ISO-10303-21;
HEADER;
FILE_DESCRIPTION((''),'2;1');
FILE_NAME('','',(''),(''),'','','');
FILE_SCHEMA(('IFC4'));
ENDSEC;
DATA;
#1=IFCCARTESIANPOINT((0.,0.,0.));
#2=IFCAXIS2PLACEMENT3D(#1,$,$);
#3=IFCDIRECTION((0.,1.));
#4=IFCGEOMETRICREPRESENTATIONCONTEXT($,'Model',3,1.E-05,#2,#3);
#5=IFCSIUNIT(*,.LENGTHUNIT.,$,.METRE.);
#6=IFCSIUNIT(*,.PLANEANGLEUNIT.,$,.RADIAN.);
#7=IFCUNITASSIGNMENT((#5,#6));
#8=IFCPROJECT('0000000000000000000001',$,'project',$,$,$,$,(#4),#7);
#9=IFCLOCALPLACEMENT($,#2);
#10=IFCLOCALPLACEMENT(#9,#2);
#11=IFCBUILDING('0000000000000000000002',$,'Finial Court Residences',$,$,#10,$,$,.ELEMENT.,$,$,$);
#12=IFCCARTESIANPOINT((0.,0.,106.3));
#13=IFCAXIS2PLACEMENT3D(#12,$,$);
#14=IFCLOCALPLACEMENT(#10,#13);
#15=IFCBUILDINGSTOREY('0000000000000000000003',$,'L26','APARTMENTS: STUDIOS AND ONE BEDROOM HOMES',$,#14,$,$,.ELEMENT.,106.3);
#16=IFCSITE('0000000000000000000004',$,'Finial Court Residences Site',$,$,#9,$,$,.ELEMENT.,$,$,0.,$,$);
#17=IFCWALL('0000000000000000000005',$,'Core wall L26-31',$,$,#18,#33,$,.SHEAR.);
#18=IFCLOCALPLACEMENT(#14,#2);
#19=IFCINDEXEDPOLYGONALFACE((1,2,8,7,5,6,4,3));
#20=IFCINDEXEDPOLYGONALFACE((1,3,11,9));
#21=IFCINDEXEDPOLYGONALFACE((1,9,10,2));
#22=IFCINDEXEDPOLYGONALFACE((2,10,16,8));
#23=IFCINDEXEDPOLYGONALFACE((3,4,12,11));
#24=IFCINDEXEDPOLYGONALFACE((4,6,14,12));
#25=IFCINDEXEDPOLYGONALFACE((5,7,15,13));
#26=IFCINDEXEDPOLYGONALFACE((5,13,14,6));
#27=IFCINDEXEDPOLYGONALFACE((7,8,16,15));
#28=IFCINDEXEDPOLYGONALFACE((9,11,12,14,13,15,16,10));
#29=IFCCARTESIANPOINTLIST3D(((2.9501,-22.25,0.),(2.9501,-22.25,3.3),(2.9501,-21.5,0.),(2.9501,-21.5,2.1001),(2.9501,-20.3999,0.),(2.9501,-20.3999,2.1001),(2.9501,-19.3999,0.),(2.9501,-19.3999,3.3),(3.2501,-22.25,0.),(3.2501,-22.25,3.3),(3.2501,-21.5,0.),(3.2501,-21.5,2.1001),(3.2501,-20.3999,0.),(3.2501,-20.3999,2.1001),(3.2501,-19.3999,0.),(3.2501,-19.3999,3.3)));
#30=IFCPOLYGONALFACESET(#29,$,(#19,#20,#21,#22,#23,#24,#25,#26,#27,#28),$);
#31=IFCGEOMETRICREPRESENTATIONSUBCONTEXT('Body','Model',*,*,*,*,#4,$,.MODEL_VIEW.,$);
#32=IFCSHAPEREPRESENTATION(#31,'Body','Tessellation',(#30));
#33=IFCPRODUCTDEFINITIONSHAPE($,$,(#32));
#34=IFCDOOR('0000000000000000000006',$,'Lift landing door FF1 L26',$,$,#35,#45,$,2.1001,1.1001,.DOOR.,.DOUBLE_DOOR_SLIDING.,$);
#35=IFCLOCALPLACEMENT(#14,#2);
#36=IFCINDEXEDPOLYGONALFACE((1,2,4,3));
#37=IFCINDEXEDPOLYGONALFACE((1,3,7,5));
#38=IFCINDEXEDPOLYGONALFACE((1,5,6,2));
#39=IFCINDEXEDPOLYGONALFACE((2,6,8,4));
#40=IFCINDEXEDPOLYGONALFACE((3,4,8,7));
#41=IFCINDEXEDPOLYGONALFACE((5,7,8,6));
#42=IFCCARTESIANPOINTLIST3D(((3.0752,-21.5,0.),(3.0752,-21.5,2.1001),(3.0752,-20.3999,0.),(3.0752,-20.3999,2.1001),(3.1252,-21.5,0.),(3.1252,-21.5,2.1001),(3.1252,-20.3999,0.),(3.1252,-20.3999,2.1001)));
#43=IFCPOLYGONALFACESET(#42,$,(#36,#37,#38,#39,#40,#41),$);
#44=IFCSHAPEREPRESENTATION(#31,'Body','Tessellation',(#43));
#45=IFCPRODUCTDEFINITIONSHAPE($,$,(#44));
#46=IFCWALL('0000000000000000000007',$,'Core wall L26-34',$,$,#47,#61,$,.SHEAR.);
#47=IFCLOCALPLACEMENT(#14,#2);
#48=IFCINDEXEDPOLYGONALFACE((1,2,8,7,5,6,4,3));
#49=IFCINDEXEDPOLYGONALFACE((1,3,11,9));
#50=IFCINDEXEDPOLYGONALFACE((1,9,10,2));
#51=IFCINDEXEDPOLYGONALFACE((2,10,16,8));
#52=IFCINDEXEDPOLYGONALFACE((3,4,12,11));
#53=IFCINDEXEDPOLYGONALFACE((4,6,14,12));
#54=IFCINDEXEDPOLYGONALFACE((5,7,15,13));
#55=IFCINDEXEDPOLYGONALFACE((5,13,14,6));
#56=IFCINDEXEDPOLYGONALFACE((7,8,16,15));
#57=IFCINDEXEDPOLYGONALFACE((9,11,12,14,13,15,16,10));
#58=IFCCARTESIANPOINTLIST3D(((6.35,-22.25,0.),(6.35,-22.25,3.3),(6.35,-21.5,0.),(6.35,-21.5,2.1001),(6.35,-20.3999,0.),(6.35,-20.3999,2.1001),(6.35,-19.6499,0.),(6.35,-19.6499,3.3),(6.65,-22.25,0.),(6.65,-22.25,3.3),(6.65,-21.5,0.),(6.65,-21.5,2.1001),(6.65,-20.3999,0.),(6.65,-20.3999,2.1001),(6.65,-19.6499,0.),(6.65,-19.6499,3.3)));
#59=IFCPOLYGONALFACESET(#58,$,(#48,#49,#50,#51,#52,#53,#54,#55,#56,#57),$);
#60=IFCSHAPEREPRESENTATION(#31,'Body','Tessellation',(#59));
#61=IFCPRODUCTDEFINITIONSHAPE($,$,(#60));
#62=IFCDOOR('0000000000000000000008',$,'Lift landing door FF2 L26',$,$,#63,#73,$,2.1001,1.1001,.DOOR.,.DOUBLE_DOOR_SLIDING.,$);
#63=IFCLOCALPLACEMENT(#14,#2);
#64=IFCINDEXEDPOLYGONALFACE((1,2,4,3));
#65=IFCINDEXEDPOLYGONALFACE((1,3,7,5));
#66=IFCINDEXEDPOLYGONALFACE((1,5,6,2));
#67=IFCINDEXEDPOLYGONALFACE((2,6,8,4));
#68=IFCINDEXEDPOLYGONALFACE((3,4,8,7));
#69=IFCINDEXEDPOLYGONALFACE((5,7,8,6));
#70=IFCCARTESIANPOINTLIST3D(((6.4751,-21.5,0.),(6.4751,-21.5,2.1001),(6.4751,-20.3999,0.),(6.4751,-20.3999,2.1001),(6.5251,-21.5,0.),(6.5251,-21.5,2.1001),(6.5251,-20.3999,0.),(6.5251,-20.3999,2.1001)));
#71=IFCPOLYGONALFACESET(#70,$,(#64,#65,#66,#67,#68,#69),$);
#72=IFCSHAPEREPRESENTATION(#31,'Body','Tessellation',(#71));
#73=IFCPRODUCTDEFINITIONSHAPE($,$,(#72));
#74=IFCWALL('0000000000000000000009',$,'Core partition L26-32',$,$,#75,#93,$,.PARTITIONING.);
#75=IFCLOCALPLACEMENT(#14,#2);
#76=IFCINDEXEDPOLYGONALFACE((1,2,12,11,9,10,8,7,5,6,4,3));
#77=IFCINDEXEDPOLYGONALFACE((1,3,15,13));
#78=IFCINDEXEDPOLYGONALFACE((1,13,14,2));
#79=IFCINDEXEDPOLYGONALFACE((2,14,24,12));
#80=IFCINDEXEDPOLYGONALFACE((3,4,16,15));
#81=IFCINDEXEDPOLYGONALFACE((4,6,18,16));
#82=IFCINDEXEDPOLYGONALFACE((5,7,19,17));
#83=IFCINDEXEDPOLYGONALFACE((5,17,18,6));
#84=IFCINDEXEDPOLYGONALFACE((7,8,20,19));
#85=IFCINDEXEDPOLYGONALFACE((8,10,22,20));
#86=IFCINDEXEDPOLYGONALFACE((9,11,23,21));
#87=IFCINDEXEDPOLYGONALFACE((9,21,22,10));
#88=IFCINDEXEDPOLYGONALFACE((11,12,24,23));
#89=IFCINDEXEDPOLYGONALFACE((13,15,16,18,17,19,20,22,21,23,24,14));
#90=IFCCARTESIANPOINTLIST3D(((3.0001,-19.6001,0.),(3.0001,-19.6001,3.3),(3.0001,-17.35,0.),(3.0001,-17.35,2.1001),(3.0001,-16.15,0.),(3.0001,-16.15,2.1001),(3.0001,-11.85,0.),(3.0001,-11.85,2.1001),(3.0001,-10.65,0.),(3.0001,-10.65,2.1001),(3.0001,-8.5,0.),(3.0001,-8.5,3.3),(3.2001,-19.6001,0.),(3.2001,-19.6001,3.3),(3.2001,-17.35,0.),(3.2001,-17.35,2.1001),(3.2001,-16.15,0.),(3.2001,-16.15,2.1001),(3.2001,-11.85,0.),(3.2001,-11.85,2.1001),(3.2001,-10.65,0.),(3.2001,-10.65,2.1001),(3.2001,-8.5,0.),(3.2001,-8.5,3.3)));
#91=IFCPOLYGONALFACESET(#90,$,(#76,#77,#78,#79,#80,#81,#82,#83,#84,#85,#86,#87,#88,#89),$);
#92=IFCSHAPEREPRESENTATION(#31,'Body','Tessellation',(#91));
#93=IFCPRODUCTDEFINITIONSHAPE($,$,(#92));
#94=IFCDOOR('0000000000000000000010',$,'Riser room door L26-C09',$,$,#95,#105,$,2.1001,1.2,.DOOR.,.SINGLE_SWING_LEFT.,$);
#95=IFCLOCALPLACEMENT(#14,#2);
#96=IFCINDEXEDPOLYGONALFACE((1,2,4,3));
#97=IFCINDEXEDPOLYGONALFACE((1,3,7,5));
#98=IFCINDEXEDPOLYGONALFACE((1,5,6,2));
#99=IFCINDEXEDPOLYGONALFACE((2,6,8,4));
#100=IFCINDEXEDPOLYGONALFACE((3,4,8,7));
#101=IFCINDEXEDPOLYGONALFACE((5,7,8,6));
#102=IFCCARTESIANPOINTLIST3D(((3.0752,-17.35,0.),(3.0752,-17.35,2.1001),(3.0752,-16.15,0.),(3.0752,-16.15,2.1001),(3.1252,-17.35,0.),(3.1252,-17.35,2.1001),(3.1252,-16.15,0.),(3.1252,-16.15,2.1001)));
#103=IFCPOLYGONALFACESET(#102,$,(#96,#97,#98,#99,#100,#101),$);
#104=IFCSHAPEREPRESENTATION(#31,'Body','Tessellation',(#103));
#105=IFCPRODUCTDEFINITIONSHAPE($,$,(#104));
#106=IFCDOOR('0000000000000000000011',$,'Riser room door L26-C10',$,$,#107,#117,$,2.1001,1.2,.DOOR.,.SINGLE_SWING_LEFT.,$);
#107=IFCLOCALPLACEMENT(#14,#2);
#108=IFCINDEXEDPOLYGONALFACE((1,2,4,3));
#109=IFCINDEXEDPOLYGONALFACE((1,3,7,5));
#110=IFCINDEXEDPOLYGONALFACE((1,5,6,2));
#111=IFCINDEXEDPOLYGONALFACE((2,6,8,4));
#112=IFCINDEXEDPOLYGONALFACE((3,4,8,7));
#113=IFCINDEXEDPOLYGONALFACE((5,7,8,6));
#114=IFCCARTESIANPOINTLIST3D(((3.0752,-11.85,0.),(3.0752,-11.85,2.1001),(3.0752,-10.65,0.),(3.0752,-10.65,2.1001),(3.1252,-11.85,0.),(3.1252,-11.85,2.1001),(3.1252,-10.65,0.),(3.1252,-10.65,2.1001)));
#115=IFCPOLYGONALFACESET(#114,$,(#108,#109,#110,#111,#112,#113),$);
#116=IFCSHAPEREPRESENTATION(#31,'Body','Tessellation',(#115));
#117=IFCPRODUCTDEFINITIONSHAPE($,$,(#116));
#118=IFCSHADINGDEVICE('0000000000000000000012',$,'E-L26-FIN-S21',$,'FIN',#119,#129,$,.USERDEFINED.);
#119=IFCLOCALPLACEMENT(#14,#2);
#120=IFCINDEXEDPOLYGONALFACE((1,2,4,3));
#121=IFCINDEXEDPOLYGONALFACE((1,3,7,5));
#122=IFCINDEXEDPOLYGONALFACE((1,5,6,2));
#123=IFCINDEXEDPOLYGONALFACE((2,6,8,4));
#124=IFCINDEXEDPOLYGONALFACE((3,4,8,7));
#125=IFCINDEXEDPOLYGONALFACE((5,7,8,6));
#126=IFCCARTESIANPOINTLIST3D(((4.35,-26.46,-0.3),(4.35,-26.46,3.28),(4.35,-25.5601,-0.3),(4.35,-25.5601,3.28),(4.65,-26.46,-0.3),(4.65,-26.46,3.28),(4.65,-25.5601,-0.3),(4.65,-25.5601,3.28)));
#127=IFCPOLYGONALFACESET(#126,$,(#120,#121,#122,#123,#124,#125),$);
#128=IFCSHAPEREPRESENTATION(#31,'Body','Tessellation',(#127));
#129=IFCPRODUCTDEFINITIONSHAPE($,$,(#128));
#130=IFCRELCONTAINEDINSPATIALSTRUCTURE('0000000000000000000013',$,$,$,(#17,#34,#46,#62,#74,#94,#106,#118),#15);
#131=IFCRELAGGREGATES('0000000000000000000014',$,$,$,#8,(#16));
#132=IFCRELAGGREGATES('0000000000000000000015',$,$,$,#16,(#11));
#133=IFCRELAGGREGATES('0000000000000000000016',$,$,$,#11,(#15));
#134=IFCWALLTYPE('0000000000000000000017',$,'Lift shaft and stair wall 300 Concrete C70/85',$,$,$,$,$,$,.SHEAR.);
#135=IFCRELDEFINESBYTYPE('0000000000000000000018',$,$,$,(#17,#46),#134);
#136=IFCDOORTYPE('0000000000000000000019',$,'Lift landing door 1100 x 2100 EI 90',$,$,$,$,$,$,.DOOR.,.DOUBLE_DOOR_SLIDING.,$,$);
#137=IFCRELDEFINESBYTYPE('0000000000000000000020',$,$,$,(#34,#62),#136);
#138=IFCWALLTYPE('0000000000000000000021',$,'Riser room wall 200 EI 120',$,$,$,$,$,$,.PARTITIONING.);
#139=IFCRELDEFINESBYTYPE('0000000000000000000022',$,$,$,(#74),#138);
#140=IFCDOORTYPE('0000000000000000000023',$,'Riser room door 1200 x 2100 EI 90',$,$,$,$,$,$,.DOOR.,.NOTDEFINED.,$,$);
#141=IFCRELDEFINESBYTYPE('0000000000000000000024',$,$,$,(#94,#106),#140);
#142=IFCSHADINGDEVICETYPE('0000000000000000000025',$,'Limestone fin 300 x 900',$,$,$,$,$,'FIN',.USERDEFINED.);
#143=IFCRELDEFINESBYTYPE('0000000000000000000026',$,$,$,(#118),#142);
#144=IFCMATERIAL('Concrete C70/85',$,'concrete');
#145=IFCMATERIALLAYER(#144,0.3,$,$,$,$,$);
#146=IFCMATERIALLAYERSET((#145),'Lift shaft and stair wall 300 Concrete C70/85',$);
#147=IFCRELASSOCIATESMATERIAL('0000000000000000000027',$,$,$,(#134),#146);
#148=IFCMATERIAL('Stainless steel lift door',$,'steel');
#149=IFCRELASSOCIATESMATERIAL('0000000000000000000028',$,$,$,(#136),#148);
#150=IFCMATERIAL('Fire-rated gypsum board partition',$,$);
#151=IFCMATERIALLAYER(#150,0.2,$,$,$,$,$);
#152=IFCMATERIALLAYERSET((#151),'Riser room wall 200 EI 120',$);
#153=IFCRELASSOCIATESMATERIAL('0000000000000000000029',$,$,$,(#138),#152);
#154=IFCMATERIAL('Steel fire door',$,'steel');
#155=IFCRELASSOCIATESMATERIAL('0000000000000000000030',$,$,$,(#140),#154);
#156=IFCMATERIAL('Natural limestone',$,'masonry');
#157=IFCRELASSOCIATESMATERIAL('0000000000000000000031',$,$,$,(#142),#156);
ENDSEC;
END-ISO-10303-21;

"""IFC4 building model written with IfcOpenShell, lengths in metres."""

from ifc_helpers import new_model, si_unit, direction, frame, frame_2d, origin, origin_2d, place, context, subcontext, project, spatial, rectangle, extrude, material, layer, layer_set, type_object, element, fill, save


model = new_model("IFC4")

# Units and contexts
model_context = context("Model", 3, precision=1e-05, world=origin(), true_north=direction((0.0, 1.0)))
body_context = subcontext(model_context, "Body", "Model", "MODEL_VIEW")
ifc_project = project(units=[si_unit("LENGTHUNIT", "METRE"), si_unit("PLANEANGLEUNIT", "RADIAN")], contexts=[model_context])

# Site, building, storey
site_placement = place(None, origin())
site = spatial("IfcSite", under=ifc_project, at=site_placement, Name="Finial Court Residences Site", CompositionType="ELEMENT", RefElevation=0.0)
building_placement = place(site_placement, origin())
building = spatial("IfcBuilding", under=site, at=building_placement, Name="Finial Court Residences", CompositionType="ELEMENT")
storey_placement = place(building_placement, frame((0.0, 0.0, 106.3)))
storey = spatial("IfcBuildingStorey", under=building, at=storey_placement, Name="L26", Description="APARTMENTS: STUDIOS AND ONE BEDROOM HOMES", CompositionType="ELEMENT", Elevation=106.3)

# Shared definitions
ifc_material_1 = material(Name="Fire-rated gypsum board partition")
ifc_material_2 = material(Name="Steel fire door", Category="steel")

# Shared definitions
ifc_material_3 = material(Name="Concrete C70/85", Category="concrete")
ifc_layer_1 = layer(ifc_material_3, 0.3)
ifc_layer_set_1 = layer_set([ifc_layer_1], Name="Lift shaft and stair wall 300 Concrete C70/85")
wall_type_1 = type_object("IfcWallType", Name="Lift shaft and stair wall 300 Concrete C70/85", PredefinedType="SHEAR", material=ifc_layer_set_1)

# Walls, openings, doors
wall_1_placement = place(storey_placement, frame((3.1001, -22.25, 0.0), z_axis=(0.0, 0.0, 1.0), x_axis=(0.0, 1.0, 0.0)))
wall_1 = element("IfcWall", 1, at=wall_1_placement, inside=storey, type_object=wall_type_1, Name="Core wall L26-31", PredefinedType="SHEAR", context=body_context, shape_type="SweptSolid", body=[
    extrude(rectangle(XDim=2.8501, YDim=0.3, at=frame_2d((1.425, 0.0))), origin(), (0.0, 0.0, 1.0), 3.3),
])
opening_1_placement = place(wall_1_placement, frame((0.75, 0.0, 0.0)))
opening_1 = element("IfcOpeningElement", 2, at=opening_1_placement, cuts=wall_1, PredefinedType="OPENING", context=body_context, shape_type="SweptSolid", body=[
    extrude(rectangle(XDim=1.1001, YDim=2.1001, at=frame_2d((0.55, 1.05))), frame((0.0, 0.1599, 0.0), z_axis=(0.0, -1.0, 0.0), x_axis=(1.0, 0.0, 0.0)), (0.0, 0.0, 1.0), 0.3201),
])
ifc_material_4 = material(Name="Stainless steel lift door", Category="steel")
door_type_1 = type_object("IfcDoorType", Name="Lift landing door 1100 x 2100 EI 90", OperationType="DOUBLE_DOOR_SLIDING", PredefinedType="DOOR", material=ifc_material_4)
door_1_placement = place(opening_1_placement, origin())
door_1 = element("IfcDoor", 3, at=door_1_placement, inside=storey, type_object=door_type_1, Name="Lift landing door FF1 L26", OperationType="DOUBLE_DOOR_SLIDING", OverallHeight=2.1001, OverallWidth=1.1001, PredefinedType="DOOR", context=body_context, shape_type="SweptSolid", body=[
    extrude(rectangle(XDim=1.1001, YDim=2.1001, at=frame_2d((0.55, 1.05))), frame((0.0, 0.0249, 0.0), z_axis=(0.0, -1.0, 0.0), x_axis=(1.0, 0.0, 0.0)), (0.0, 0.0, 1.0), 0.05),
])
fill(opening_1, door_1)
wall_2_placement = place(storey_placement, frame((6.5, -22.25, 0.0), z_axis=(0.0, 0.0, 1.0), x_axis=(0.0, 1.0, 0.0)))
wall_2 = element("IfcWall", 4, at=wall_2_placement, inside=storey, type_object=wall_type_1, Name="Core wall L26-34", PredefinedType="SHEAR", context=body_context, shape_type="SweptSolid", body=[
    extrude(rectangle(XDim=2.6001, YDim=0.3, at=frame_2d((1.3, 0.0))), origin(), (0.0, 0.0, 1.0), 3.3),
])
opening_2_placement = place(wall_2_placement, frame((0.75, 0.0, 0.0)))
opening_2 = element("IfcOpeningElement", 5, at=opening_2_placement, cuts=wall_2, PredefinedType="OPENING", context=body_context, shape_type="SweptSolid", body=[
    extrude(rectangle(XDim=1.1001, YDim=2.1001, at=frame_2d((0.55, 1.05))), frame((0.0, 0.1599, 0.0), z_axis=(0.0, -1.0, 0.0), x_axis=(1.0, 0.0, 0.0)), (0.0, 0.0, 1.0), 0.3201),
])
door_2_placement = place(opening_2_placement, origin())
door_2 = element("IfcDoor", 6, at=door_2_placement, inside=storey, type_object=door_type_1, Name="Lift landing door FF2 L26", OperationType="DOUBLE_DOOR_SLIDING", OverallHeight=2.1001, OverallWidth=1.1001, PredefinedType="DOOR", context=body_context, shape_type="SweptSolid", body=[
    extrude(rectangle(XDim=1.1001, YDim=2.1001, at=frame_2d((0.55, 1.05))), frame((0.0, 0.0249, 0.0), z_axis=(0.0, -1.0, 0.0), x_axis=(1.0, 0.0, 0.0)), (0.0, 0.0, 1.0), 0.05),
])
fill(opening_2, door_2)

# Wall, openings, doors
ifc_layer_2 = layer(ifc_material_1, 0.2)
ifc_layer_set_2 = layer_set([ifc_layer_2], Name="Riser room wall 200 EI 120")
wall_type_2 = type_object("IfcWallType", Name="Riser room wall 200 EI 120", PredefinedType="PARTITIONING", material=ifc_layer_set_2)
wall_3_placement = place(storey_placement, frame((3.1001, -19.6001, 0.0), z_axis=(0.0, 0.0, 1.0), x_axis=(0.0, 1.0, 0.0)))
wall_3 = element("IfcWall", 7, at=wall_3_placement, inside=storey, type_object=wall_type_2, Name="Core partition L26-32", PredefinedType="PARTITIONING", context=body_context, shape_type="SweptSolid", body=[
    extrude(rectangle(XDim=11.1001, YDim=0.2, at=frame_2d((5.55, 0.0))), origin(), (0.0, 0.0, 1.0), 3.3),
])
opening_3_placement = place(wall_3_placement, frame((2.25, 0.0, 0.0)))
opening_3 = element("IfcOpeningElement", 8, at=opening_3_placement, cuts=wall_3, PredefinedType="OPENING", context=body_context, shape_type="SweptSolid", body=[
    extrude(rectangle(XDim=1.2, YDim=2.1001, at=frame_2d((0.6001, 1.05))), frame((0.0, 0.1099, 0.0), z_axis=(0.0, -1.0, 0.0), x_axis=(1.0, 0.0, 0.0)), (0.0, 0.0, 1.0), 0.22),
])
opening_4_placement = place(wall_3_placement, frame((7.75, 0.0, 0.0)))
opening_4 = element("IfcOpeningElement", 9, at=opening_4_placement, cuts=wall_3, PredefinedType="OPENING", context=body_context, shape_type="SweptSolid", body=[
    extrude(rectangle(XDim=1.2, YDim=2.1001, at=frame_2d((0.6001, 1.05))), frame((0.0, 0.1099, 0.0), z_axis=(0.0, -1.0, 0.0), x_axis=(1.0, 0.0, 0.0)), (0.0, 0.0, 1.0), 0.22),
])
door_type_2 = type_object("IfcDoorType", Name="Riser room door 1200 x 2100 EI 90", OperationType="NOTDEFINED", PredefinedType="DOOR", material=ifc_material_2)
door_3_placement = place(opening_3_placement, origin())
door_3 = element("IfcDoor", 10, at=door_3_placement, inside=storey, type_object=door_type_2, Name="Riser room door L26-C09", OperationType="SINGLE_SWING_LEFT", OverallHeight=2.1001, OverallWidth=1.2, PredefinedType="DOOR", context=body_context, shape_type="SweptSolid", body=[
    extrude(rectangle(XDim=1.2, YDim=2.1001, at=frame_2d((0.6001, 1.05))), frame((0.0, 0.0249, 0.0), z_axis=(0.0, -1.0, 0.0), x_axis=(1.0, 0.0, 0.0)), (0.0, 0.0, 1.0), 0.05),
])
fill(opening_3, door_3)
door_4_placement = place(opening_4_placement, origin())
door_4 = element("IfcDoor", 11, at=door_4_placement, inside=storey, type_object=door_type_2, Name="Riser room door L26-C10", OperationType="SINGLE_SWING_LEFT", OverallHeight=2.1001, OverallWidth=1.2, PredefinedType="DOOR", context=body_context, shape_type="SweptSolid", body=[
    extrude(rectangle(XDim=1.2, YDim=2.1001, at=frame_2d((0.6001, 1.05))), frame((0.0, 0.0249, 0.0), z_axis=(0.0, -1.0, 0.0), x_axis=(1.0, 0.0, 0.0)), (0.0, 0.0, 1.0), 0.05),
])
fill(opening_4, door_4)

# Shading device
ifc_material_5 = material(Name="Natural limestone", Category="masonry")
shading_device_type = type_object("IfcShadingDeviceType", Name="Limestone fin 300 x 900", ElementType="FIN", PredefinedType="USERDEFINED", material=ifc_material_5)
shading_device_placement = place(storey_placement, frame((4.5, -26.01, -0.3), z_axis=(0.0, 0.0, 1.0), x_axis=(1.0, 0.0, 0.0)))
element("IfcShadingDevice", 12, at=shading_device_placement, inside=storey, type_object=shading_device_type, Name="E-L26-FIN-S21", ObjectType="FIN", PredefinedType="USERDEFINED", context=body_context, shape_type="SweptSolid", body=[
    extrude(rectangle(XDim=0.3, YDim=0.8999, at=origin_2d()), origin(), (0.0, 0.0, 1.0), 3.5801),
])

save(model, "model.ifc")
